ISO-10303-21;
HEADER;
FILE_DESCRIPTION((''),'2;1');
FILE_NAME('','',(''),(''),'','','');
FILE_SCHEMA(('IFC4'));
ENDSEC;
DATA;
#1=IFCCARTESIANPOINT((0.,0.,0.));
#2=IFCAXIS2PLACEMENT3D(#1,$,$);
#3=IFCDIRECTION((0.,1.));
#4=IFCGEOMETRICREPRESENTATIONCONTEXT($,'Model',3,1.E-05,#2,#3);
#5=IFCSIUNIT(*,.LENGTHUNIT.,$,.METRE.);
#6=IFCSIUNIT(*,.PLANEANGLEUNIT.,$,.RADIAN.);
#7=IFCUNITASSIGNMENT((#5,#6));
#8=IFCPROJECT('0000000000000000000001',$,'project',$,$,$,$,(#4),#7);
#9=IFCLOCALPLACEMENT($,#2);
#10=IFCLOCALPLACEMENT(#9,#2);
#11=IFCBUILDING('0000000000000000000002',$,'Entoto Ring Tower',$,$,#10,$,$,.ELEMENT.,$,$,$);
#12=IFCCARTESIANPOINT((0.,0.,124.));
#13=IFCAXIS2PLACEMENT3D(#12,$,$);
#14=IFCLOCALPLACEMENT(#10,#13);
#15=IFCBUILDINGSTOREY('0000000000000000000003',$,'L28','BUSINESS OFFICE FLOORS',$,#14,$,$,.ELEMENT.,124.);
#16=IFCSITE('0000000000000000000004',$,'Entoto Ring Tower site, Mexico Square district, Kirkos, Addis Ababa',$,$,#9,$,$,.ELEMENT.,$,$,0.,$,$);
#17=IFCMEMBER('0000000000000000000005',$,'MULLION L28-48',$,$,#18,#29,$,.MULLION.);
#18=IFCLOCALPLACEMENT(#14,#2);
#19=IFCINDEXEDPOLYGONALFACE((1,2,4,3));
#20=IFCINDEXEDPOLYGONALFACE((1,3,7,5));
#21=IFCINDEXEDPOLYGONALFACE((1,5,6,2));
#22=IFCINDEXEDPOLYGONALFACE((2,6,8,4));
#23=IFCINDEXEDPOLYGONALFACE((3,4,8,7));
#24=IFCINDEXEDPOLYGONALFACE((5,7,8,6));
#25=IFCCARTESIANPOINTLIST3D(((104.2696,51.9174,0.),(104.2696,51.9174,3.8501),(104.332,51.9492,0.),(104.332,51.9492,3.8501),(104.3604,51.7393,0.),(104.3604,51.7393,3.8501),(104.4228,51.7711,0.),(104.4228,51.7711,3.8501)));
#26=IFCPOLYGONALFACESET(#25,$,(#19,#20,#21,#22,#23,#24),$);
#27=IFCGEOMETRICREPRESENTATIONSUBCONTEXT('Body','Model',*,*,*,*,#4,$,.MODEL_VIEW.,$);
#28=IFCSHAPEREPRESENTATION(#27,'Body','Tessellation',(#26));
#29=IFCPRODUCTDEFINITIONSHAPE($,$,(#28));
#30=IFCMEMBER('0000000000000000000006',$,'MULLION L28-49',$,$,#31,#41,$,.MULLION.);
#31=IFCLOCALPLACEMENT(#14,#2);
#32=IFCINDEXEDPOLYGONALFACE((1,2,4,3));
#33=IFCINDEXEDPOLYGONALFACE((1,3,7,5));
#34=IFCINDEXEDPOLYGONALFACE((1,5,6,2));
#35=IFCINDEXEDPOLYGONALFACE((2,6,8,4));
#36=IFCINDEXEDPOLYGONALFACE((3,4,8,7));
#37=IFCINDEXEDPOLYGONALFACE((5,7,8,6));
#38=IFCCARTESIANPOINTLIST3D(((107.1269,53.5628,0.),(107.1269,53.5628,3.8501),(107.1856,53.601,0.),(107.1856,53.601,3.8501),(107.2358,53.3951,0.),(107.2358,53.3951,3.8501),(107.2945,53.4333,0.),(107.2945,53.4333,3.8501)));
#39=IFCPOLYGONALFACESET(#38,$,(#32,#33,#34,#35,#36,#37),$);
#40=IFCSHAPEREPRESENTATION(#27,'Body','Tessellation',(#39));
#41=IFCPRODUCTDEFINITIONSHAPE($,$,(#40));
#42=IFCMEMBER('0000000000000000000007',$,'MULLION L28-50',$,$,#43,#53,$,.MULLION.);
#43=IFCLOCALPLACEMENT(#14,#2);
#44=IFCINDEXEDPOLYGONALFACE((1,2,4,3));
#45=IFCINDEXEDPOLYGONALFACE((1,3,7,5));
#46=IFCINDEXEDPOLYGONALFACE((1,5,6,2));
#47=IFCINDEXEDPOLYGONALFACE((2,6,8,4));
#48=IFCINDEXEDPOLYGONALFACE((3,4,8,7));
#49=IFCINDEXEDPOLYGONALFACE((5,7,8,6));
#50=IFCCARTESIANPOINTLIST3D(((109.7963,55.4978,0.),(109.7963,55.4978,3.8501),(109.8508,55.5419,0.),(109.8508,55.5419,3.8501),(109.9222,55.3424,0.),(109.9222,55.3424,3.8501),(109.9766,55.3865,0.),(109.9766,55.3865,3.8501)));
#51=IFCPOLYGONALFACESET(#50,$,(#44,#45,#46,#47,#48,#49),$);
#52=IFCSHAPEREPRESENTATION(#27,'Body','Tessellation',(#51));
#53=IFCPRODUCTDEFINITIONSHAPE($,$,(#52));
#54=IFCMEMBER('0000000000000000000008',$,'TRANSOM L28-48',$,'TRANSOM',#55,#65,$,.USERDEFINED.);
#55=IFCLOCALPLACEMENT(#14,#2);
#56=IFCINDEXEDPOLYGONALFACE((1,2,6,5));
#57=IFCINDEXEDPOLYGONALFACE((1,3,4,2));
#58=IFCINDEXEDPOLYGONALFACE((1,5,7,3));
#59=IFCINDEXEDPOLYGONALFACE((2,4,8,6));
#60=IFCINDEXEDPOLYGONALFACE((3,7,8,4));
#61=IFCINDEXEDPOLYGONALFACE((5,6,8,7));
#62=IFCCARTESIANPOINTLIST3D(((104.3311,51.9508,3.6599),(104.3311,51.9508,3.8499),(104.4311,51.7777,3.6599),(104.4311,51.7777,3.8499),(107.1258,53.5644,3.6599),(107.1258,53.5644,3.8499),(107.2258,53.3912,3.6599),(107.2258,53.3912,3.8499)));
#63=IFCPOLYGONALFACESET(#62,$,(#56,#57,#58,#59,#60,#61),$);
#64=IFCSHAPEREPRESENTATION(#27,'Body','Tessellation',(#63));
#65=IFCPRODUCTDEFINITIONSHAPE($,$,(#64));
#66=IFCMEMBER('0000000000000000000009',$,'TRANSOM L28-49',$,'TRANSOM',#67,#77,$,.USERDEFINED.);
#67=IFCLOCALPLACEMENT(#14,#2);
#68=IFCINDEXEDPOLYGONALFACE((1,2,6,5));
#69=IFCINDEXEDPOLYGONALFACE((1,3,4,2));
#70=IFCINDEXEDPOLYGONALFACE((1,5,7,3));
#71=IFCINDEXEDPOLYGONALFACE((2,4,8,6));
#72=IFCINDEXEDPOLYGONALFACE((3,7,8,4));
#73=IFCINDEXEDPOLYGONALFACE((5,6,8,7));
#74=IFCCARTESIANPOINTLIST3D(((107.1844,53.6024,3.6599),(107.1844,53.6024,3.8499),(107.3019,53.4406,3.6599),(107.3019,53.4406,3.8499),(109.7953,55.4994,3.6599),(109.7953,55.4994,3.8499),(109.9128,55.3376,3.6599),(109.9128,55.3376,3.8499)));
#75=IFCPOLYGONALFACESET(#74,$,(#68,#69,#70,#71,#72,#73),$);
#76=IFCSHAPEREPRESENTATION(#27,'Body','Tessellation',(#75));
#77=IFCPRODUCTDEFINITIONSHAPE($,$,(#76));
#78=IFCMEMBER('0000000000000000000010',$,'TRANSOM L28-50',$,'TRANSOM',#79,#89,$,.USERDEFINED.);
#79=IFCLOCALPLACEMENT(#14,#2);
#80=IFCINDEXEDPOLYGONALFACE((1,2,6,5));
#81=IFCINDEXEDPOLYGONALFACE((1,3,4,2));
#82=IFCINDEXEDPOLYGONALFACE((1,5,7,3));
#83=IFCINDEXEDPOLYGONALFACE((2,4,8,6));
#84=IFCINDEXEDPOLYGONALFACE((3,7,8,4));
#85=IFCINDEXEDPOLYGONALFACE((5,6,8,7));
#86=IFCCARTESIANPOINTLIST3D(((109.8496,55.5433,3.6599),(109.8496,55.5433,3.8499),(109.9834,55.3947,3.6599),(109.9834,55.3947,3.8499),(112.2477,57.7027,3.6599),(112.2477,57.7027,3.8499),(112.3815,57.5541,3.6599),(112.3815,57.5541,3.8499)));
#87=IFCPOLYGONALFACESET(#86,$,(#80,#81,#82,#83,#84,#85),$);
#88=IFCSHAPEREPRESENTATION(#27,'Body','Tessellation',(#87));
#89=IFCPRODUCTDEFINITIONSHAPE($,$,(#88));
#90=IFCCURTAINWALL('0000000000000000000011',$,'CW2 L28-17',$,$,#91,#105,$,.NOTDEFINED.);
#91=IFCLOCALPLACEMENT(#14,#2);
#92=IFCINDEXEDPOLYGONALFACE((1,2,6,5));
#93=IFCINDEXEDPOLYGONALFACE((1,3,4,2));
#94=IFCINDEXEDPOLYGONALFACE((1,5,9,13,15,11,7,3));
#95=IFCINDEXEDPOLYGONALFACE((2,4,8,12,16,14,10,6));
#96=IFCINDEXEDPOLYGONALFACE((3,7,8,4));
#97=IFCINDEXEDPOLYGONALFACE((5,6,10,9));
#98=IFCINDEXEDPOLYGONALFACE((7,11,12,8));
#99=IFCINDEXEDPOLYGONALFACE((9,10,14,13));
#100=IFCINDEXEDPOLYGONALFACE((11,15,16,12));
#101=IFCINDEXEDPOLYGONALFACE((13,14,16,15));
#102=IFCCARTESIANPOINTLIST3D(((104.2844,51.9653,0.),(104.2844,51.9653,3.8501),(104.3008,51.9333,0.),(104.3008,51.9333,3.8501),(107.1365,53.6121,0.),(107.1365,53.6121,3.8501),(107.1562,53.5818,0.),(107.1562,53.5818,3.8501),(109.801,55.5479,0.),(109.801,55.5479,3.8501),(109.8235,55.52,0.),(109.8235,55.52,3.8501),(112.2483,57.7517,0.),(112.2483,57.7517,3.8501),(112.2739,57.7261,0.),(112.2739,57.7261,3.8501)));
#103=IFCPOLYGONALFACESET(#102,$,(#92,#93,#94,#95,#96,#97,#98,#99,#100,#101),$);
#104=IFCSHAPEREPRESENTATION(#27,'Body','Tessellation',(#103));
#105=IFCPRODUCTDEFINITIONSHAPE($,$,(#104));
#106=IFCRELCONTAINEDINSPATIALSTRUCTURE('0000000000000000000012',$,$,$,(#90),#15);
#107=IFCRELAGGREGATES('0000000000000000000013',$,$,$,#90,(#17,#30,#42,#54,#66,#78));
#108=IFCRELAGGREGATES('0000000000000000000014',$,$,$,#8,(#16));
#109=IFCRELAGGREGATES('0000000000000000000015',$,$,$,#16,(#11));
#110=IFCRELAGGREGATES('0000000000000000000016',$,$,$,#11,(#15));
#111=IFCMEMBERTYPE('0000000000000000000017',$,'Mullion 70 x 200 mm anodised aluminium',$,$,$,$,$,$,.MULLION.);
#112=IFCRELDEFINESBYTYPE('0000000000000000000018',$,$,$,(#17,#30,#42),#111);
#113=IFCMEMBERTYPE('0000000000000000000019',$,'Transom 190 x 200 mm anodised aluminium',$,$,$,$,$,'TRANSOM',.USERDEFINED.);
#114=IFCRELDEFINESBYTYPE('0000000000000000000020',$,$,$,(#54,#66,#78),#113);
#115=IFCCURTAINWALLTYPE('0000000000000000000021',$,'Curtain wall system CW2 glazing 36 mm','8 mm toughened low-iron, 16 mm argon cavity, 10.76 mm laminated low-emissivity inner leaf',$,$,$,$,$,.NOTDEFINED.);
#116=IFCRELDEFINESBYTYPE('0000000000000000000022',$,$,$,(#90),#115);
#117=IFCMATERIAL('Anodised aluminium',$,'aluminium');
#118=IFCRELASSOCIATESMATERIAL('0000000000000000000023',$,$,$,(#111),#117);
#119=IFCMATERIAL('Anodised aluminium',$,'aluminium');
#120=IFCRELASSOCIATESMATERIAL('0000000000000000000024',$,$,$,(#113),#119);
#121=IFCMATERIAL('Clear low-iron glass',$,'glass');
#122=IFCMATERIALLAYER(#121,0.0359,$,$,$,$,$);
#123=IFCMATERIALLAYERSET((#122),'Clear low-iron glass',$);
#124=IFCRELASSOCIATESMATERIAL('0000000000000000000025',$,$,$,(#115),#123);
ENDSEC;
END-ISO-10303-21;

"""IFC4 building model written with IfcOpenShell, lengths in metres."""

from ifc_helpers import new_model, si_unit, direction, frame, origin, origin_2d, place, context, subcontext, project, spatial, polyline, rectangle, outline, extrude, material, layer, layer_set, material_profile, profile_set, type_object, element, aggregate, save


model = new_model("IFC4")

# Units and contexts
model_context = context("Model", 3, precision=1e-05, world=origin(), true_north=direction((0.0, 1.0)))
body_context = subcontext(model_context, "Body", "Model", "MODEL_VIEW")
ifc_project = project(units=[si_unit("LENGTHUNIT", "METRE"), si_unit("PLANEANGLEUNIT", "RADIAN")], contexts=[model_context])

# Members
ifc_material_1 = material(Name="Anodised aluminium", Category="aluminium")
ifc_material_profile_1 = material_profile(ifc_material_1, rectangle(XDim=0.0701, YDim=0.2, at=origin_2d()), Name="Mullion 70 x 200 mm anodised aluminium")
ifc_profile_set_1 = profile_set([ifc_material_profile_1], Name="Anodised aluminium")
member_type_1 = type_object("IfcMemberType", Name="Mullion 70 x 200 mm anodised aluminium", PredefinedType="MULLION", material=ifc_profile_set_1)
site_placement = place(None, origin())
building_placement = place(site_placement, origin())
storey_placement = place(building_placement, frame((0.0, 0.0, 124.0)))
member_1_placement = place(storey_placement, frame((104.3462, 51.8442, 0.0), z_axis=(0.0, 0.0, 1.0), x_axis=(0.891007, 0.45399, 0.0)))
member_1 = element("IfcMember", 1, at=member_1_placement, type_object=member_type_1, Name="MULLION L28-48", PredefinedType="MULLION", context=body_context, shape_type="SweptSolid", body=[
    extrude(rectangle(XDim=0.0701, YDim=0.2, at=origin_2d()), origin(), (0.0, 0.0, 1.0), 3.8501),
])
member_2_placement = place(storey_placement, frame((107.2107, 53.498, 0.0), z_axis=(0.0, 0.0, 1.0), x_axis=(0.838671, 0.544639, 0.0)))
member_2 = element("IfcMember", 2, at=member_2_placement, type_object=member_type_1, Name="MULLION L28-49", PredefinedType="MULLION", context=body_context, shape_type="SweptSolid", body=[
    extrude(rectangle(XDim=0.0701, YDim=0.2, at=origin_2d()), origin(), (0.0, 0.0, 1.0), 3.8501),
])
member_3_placement = place(storey_placement, frame((109.8865, 55.4421, 0.0), z_axis=(0.0, 0.0, 1.0), x_axis=(0.777146, 0.62932, 0.0)))
member_3 = element("IfcMember", 3, at=member_3_placement, type_object=member_type_1, Name="MULLION L28-50", PredefinedType="MULLION", context=body_context, shape_type="SweptSolid", body=[
    extrude(rectangle(XDim=0.0701, YDim=0.2, at=origin_2d()), origin(), (0.0, 0.0, 1.0), 3.8501),
])
ifc_material_2 = material(Name="Anodised aluminium", Category="aluminium")
ifc_material_profile_2 = material_profile(ifc_material_2, rectangle(XDim=0.2, YDim=0.1899, at=origin_2d()), Name="Transom 190 x 200 mm anodised aluminium")
ifc_profile_set_2 = profile_set([ifc_material_profile_2], Name="Anodised aluminium")
member_type_2 = type_object("IfcMemberType", Name="Transom 190 x 200 mm anodised aluminium", ElementType="TRANSOM", PredefinedType="USERDEFINED", material=ifc_profile_set_2)
member_4_placement = place(storey_placement, frame((104.3811, 51.8643, 3.7549), z_axis=(0.866023, 0.500004, 0.0), x_axis=(-0.500004, 0.866023, 0.0)))
member_4 = element("IfcMember", 4, at=member_4_placement, type_object=member_type_2, Name="TRANSOM L28-48", ObjectType="TRANSOM", PredefinedType="USERDEFINED", context=body_context, shape_type="SweptSolid", body=[
    extrude(rectangle(XDim=0.2, YDim=0.1899, at=origin_2d()), origin(), (0.0, 0.0, 1.0), 3.2271),
])
member_5_placement = place(storey_placement, frame((107.2432, 53.5215, 3.7549), z_axis=(0.809004, 0.587803, 0.0), x_axis=(-0.587803, 0.809004, 0.0)))
member_5 = element("IfcMember", 5, at=member_5_placement, type_object=member_type_2, Name="TRANSOM L28-49", ObjectType="TRANSOM", PredefinedType="USERDEFINED", context=body_context, shape_type="SweptSolid", body=[
    extrude(rectangle(XDim=0.2, YDim=0.1899, at=origin_2d()), origin(), (0.0, 0.0, 1.0), 3.2273),
])
member_6_placement = place(storey_placement, frame((109.9165, 55.469, 3.7549), z_axis=(0.743132, 0.669144, 0.0), x_axis=(-0.669144, 0.743132, 0.0)))
member_6 = element("IfcMember", 6, at=member_6_placement, type_object=member_type_2, Name="TRANSOM L28-50", ObjectType="TRANSOM", PredefinedType="USERDEFINED", context=body_context, shape_type="SweptSolid", body=[
    extrude(rectangle(XDim=0.2, YDim=0.1899, at=origin_2d()), origin(), (0.0, 0.0, 1.0), 3.2271),
])

# Site, building, storey
site = spatial("IfcSite", under=ifc_project, at=site_placement, Name="Entoto Ring Tower site, Mexico Square district, Kirkos, Addis Ababa", CompositionType="ELEMENT", RefElevation=0.0)
building = spatial("IfcBuilding", under=site, at=building_placement, Name="Entoto Ring Tower", CompositionType="ELEMENT")
storey = spatial("IfcBuildingStorey", under=building, at=storey_placement, Name="L28", Description="BUSINESS OFFICE FLOORS", CompositionType="ELEMENT", Elevation=124.0)

# Curtain wall
ifc_material_3 = material(Name="Clear low-iron glass", Category="glass")
ifc_layer_1 = layer(ifc_material_3, 0.0359)
ifc_layer_set_1 = layer_set([ifc_layer_1], Name="Clear low-iron glass")
curtain_wall_type = type_object("IfcCurtainWallType", Name="Curtain wall system CW2 glazing 36 mm", Description="8 mm toughened low-iron, 16 mm argon cavity, 10.76 mm laminated low-emissivity inner leaf", PredefinedType="NOTDEFINED", material=ifc_layer_set_1)
curtain_wall_1_placement = place(storey_placement, origin())
curtain_wall_1 = element("IfcCurtainWall", 7, at=curtain_wall_1_placement, inside=storey, type_object=curtain_wall_type, Name="CW2 L28-17", PredefinedType="NOTDEFINED", context=body_context, shape_type="SweptSolid", body=[
    extrude(outline(polyline([(104.3008, 51.9333), (107.1562, 53.5818), (109.8235, 55.52), (112.2739, 57.7261), (112.2483, 57.7517), (109.801, 55.5479), (107.1365, 53.6121), (104.2844, 51.9653), (104.3008, 51.9333)])), origin(), (0.0, 0.0, 1.0), 3.8501),
])
aggregate(curtain_wall_1, [member_1, member_2, member_3, member_4, member_5, member_6])

save(model, "model.ifc")
